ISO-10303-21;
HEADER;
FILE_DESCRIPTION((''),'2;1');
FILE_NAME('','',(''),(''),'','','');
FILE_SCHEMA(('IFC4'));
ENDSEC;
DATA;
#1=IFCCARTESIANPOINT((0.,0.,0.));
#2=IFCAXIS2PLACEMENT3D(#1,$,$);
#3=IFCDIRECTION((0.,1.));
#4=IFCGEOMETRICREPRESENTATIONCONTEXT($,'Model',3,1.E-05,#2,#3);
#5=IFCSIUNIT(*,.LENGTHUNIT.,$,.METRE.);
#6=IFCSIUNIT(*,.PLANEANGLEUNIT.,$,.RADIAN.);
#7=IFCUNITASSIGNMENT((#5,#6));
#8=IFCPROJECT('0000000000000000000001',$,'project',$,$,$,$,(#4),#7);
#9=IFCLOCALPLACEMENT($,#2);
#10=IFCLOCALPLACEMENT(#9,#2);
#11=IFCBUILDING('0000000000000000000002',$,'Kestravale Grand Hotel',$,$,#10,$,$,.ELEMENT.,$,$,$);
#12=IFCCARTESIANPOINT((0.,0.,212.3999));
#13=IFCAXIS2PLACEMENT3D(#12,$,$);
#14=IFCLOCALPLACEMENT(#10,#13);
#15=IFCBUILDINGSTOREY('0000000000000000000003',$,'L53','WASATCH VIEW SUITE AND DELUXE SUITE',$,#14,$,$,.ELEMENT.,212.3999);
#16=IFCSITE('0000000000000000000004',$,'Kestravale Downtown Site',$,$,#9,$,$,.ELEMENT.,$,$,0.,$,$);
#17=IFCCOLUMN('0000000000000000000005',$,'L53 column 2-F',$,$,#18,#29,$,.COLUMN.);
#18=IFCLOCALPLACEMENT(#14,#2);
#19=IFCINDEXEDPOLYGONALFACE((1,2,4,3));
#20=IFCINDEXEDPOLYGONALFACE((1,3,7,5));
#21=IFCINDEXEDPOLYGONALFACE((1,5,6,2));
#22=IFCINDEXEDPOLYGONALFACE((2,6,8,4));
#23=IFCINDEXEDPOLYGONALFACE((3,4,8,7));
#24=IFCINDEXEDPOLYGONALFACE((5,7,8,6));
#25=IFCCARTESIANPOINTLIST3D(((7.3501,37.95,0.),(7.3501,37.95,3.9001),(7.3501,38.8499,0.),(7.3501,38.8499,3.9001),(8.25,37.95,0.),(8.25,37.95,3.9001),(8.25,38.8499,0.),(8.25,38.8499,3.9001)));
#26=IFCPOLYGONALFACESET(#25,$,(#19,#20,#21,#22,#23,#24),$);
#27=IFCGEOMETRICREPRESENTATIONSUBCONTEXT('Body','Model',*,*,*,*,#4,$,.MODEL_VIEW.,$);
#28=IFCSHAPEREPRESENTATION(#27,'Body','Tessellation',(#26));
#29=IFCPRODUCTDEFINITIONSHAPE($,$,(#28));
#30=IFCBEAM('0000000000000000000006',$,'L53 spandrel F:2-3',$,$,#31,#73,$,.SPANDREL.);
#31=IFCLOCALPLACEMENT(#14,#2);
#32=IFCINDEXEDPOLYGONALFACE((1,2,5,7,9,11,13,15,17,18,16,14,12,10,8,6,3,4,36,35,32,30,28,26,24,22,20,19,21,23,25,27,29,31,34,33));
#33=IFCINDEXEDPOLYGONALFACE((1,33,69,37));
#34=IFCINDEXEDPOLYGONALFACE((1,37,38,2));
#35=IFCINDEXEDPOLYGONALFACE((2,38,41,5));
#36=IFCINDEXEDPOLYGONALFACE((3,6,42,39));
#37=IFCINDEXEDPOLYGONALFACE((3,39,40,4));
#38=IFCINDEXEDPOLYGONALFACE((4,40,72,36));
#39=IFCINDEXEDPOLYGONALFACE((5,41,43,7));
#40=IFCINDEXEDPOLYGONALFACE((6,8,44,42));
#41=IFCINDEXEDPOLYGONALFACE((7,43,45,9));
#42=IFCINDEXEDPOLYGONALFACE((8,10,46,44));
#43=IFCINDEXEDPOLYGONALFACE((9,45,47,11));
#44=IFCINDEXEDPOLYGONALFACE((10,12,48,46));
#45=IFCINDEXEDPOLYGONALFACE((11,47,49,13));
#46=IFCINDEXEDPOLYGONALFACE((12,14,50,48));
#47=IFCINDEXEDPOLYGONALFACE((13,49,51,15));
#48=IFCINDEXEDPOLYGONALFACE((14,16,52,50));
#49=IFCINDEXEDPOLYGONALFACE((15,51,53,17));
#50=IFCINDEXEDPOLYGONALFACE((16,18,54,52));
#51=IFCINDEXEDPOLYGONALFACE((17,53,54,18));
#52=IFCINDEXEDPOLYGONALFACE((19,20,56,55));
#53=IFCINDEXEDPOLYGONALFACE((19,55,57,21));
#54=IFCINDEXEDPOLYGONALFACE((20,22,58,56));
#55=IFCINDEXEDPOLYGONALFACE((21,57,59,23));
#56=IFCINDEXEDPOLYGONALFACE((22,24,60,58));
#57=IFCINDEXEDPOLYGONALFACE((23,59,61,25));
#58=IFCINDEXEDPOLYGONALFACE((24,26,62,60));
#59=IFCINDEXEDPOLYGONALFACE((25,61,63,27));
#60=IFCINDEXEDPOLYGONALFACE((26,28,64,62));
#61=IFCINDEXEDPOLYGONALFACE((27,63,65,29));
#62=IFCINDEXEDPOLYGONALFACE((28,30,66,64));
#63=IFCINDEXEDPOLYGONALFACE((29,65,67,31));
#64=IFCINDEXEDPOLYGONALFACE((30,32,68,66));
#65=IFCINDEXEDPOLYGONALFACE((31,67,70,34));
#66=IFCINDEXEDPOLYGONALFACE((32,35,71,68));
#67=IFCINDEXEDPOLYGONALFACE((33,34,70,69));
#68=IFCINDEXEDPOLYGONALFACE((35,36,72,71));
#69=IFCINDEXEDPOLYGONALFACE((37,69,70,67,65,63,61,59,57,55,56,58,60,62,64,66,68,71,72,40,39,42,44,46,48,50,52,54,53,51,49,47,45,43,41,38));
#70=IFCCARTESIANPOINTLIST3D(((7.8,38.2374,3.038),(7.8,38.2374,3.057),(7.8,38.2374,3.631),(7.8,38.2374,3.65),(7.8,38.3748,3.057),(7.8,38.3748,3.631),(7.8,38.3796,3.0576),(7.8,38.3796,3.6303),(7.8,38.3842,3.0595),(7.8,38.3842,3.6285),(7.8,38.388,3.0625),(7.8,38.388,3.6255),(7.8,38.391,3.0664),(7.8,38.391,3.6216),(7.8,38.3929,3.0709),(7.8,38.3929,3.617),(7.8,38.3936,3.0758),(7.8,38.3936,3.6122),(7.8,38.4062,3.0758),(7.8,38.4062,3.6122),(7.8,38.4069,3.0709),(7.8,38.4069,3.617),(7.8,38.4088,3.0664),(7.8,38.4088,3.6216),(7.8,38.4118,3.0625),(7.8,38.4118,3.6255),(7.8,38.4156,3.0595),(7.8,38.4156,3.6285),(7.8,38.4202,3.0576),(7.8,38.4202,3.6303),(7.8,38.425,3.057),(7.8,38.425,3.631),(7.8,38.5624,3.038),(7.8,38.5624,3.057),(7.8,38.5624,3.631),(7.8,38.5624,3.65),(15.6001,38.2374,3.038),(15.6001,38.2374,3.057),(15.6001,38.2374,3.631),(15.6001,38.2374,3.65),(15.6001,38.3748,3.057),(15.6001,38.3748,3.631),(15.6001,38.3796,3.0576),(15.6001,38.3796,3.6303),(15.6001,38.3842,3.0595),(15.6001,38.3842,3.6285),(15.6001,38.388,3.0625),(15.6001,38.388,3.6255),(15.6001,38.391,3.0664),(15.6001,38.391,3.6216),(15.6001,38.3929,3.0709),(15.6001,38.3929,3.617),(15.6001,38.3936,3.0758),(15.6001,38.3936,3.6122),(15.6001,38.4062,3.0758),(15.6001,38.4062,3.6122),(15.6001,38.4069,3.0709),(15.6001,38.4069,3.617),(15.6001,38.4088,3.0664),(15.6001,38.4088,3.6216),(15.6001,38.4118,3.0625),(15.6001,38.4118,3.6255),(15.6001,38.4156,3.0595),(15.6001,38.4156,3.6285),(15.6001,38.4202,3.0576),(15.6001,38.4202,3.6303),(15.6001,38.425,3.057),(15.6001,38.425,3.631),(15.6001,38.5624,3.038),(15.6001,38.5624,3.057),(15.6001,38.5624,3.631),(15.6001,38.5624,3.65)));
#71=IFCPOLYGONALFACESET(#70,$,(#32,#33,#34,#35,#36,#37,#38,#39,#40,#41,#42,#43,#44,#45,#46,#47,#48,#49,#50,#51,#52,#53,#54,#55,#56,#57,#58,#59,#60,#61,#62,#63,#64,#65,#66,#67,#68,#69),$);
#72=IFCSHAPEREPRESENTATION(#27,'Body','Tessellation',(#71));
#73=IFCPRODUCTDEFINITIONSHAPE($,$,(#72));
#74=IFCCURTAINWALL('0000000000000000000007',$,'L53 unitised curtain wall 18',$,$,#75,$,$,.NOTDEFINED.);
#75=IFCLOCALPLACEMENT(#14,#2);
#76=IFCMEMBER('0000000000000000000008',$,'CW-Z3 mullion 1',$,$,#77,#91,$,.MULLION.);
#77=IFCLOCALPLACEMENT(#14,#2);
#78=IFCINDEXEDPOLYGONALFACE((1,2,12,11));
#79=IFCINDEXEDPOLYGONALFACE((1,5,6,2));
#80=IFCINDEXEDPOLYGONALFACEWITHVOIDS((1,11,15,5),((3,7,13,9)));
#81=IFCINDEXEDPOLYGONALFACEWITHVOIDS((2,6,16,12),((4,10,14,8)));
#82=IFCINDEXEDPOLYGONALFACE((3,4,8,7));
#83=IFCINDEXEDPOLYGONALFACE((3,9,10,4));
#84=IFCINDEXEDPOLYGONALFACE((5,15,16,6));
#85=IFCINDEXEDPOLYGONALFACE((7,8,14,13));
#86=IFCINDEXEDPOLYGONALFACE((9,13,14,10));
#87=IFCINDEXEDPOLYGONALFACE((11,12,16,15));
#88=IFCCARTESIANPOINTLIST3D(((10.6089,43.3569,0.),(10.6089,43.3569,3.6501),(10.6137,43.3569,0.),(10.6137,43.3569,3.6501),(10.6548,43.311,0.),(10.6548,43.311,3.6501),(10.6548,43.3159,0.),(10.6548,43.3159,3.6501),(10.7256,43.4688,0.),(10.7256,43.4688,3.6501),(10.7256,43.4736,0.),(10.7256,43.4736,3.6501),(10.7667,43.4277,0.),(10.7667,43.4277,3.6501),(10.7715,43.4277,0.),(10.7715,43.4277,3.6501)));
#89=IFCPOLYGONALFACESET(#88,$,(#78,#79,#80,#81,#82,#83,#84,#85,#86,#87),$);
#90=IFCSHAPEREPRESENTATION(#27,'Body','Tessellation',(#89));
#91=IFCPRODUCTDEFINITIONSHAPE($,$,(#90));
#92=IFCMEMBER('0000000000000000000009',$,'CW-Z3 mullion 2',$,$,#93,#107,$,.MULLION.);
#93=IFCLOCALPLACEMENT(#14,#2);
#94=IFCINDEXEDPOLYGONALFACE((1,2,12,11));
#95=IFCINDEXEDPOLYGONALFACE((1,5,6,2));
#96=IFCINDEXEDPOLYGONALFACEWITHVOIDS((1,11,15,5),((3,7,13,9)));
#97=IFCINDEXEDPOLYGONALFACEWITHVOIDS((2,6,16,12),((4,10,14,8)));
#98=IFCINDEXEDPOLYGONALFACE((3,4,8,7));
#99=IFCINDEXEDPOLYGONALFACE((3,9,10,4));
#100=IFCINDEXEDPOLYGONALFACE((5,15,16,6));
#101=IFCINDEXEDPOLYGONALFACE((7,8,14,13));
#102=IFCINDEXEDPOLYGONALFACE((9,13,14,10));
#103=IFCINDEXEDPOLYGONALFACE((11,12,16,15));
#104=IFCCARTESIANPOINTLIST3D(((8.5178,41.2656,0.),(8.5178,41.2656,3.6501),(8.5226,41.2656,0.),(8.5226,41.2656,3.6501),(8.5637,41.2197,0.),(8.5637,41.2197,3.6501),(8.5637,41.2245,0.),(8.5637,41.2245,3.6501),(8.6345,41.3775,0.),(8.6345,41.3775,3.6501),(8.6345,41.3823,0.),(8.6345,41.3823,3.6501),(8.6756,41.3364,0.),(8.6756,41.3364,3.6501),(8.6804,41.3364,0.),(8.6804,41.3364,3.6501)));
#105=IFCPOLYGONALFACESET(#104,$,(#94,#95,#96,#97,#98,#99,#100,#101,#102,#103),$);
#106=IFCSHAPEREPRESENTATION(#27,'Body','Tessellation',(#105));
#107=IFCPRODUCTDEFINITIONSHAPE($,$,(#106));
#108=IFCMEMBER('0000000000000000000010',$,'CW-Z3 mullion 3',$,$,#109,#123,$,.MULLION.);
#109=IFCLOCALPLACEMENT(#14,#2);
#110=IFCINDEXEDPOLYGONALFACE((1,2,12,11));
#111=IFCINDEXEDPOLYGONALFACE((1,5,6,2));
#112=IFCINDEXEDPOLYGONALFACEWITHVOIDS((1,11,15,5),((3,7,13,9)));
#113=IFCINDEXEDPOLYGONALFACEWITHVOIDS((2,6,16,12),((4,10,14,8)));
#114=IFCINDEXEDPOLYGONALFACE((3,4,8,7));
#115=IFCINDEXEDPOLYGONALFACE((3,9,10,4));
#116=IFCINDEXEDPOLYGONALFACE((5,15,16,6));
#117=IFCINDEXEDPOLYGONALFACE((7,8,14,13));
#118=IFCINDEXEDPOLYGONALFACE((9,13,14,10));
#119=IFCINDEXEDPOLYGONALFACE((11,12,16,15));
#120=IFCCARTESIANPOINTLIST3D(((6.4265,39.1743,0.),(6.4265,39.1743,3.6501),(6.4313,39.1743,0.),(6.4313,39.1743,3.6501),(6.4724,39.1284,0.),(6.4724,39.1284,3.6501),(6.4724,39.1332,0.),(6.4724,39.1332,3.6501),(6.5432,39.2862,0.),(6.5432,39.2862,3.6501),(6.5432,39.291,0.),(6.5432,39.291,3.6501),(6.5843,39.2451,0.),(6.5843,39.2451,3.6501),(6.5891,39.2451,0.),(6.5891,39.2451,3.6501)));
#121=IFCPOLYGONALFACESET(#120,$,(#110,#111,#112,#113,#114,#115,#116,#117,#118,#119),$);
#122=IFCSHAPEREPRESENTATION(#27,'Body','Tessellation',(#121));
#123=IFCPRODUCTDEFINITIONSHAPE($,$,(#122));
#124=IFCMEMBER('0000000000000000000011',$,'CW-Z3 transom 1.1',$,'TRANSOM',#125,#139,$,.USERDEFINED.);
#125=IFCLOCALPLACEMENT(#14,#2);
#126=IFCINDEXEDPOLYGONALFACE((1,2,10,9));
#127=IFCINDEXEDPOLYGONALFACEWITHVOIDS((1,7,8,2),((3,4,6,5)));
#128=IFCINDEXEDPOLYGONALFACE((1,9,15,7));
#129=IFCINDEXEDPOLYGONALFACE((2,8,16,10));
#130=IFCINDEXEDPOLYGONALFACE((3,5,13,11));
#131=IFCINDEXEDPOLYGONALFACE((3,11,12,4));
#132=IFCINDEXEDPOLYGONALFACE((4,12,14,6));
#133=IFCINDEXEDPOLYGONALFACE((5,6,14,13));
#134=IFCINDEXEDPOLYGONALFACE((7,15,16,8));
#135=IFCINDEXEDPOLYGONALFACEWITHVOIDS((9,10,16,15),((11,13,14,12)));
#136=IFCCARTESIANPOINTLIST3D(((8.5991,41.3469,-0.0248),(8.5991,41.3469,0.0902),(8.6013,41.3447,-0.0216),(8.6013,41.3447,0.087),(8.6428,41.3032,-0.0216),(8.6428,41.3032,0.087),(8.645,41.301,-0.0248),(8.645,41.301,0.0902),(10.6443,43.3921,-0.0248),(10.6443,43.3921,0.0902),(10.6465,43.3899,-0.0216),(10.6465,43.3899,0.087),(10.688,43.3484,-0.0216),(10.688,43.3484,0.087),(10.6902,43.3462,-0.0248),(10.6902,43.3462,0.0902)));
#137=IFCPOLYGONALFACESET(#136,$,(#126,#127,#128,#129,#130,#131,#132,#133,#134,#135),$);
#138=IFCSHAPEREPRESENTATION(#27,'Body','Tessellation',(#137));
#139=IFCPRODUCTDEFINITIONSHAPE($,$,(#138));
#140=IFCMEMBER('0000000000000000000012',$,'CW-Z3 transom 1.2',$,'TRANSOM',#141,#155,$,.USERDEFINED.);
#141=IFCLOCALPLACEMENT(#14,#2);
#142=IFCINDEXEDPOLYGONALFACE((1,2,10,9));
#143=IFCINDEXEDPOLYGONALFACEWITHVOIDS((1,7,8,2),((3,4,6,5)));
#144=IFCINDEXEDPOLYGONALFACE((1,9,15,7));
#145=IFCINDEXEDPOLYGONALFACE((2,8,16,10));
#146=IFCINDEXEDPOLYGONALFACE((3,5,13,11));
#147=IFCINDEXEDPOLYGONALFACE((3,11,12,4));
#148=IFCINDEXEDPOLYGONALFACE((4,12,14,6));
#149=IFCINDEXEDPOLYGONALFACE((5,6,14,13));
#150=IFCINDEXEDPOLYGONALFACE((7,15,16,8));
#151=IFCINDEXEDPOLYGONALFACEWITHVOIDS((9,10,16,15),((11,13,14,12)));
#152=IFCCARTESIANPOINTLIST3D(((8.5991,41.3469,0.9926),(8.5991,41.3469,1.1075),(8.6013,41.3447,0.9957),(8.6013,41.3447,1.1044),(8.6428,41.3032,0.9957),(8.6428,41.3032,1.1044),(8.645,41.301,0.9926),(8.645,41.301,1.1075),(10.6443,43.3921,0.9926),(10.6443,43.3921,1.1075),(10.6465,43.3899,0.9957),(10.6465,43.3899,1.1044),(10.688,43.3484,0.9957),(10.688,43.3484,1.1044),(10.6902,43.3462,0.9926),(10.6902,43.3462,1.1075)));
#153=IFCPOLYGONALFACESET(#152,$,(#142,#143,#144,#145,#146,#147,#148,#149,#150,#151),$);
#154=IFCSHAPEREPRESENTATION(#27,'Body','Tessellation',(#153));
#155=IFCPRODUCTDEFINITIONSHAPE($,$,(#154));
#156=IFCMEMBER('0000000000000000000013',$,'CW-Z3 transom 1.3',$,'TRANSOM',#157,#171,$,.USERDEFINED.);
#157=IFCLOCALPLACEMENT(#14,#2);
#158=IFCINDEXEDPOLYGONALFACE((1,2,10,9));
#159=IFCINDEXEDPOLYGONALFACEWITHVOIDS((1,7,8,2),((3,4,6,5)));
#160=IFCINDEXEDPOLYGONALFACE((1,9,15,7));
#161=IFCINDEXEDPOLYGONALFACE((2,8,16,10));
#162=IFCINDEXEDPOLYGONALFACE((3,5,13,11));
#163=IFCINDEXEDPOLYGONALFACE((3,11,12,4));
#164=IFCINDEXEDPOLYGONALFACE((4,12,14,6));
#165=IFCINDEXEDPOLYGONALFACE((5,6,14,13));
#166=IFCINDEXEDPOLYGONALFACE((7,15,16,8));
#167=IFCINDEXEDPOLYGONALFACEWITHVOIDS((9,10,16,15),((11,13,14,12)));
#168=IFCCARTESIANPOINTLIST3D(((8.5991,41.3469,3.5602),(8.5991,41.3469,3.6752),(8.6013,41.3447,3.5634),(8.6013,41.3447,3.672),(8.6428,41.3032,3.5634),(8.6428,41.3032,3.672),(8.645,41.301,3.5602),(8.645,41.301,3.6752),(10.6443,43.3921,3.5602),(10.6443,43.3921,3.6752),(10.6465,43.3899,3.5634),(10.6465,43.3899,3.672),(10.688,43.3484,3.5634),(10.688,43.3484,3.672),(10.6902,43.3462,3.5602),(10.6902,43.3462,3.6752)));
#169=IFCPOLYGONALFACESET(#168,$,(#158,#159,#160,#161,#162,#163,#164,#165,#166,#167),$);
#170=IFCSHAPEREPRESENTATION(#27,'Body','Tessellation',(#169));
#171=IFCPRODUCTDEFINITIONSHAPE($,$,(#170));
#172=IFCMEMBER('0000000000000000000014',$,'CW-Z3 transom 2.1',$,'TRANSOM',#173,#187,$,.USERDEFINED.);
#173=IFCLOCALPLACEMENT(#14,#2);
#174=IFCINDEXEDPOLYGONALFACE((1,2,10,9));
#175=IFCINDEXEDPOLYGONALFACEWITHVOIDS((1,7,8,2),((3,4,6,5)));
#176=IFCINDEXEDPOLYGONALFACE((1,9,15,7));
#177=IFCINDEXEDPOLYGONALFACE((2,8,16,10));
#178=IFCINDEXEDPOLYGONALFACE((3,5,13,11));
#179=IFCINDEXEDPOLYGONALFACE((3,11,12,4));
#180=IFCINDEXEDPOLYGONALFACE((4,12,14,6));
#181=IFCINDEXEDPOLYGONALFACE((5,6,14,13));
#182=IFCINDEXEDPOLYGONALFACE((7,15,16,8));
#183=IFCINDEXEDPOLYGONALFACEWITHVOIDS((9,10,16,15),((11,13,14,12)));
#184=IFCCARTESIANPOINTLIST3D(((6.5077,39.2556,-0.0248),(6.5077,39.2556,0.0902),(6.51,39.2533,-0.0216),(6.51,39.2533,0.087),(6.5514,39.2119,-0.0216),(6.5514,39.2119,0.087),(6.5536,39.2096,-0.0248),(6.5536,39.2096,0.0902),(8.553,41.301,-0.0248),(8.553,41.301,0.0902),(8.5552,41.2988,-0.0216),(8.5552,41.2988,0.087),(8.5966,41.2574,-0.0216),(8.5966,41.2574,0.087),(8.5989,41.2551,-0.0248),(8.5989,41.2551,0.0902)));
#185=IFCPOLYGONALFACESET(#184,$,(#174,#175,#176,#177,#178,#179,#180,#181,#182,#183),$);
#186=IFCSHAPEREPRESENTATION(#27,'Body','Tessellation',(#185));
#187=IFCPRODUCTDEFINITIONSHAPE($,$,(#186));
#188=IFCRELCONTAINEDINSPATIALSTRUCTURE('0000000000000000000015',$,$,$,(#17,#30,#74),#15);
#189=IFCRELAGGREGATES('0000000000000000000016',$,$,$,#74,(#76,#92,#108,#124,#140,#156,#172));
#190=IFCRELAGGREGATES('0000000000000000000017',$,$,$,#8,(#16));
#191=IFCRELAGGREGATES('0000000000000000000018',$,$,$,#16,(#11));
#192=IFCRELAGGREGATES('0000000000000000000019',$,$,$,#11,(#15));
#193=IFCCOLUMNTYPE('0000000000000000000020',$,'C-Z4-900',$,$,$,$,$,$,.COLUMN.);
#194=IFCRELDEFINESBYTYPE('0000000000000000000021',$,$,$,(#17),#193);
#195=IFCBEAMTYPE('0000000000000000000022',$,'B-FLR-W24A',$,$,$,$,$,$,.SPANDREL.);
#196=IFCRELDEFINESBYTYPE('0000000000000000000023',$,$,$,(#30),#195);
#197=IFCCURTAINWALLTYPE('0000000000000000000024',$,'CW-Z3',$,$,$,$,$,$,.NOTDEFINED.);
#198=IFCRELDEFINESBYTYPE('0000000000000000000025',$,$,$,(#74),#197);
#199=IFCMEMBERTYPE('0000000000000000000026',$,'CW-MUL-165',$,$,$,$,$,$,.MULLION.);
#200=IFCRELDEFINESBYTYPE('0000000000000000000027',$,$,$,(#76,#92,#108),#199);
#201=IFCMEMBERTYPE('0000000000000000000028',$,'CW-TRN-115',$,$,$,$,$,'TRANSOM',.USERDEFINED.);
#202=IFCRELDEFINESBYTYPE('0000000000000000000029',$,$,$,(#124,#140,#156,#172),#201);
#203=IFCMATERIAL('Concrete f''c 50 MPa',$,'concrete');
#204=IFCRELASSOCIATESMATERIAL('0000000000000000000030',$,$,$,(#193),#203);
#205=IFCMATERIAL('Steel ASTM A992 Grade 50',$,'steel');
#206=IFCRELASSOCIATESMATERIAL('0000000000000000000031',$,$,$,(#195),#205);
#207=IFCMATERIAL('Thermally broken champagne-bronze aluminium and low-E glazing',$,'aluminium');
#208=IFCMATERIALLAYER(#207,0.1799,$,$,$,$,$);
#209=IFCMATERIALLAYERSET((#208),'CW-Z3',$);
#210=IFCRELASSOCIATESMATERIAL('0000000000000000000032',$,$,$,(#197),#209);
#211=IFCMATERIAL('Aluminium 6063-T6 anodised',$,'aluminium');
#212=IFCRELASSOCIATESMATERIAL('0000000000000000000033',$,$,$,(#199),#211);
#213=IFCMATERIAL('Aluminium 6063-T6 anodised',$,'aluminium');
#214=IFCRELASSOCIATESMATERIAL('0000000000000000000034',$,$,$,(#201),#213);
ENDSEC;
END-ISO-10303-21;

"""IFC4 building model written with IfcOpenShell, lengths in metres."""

from ifc_helpers import new_model, si_unit, direction, frame, origin, origin_2d, place, context, subcontext, project, spatial, rectangle, hollow_rectangle, i_section, extrude, material, layer, layer_set, material_profile, profile_set, type_object, element, aggregate, save


model = new_model("IFC4")

# Units and contexts
model_context = context("Model", 3, precision=1e-05, world=origin(), true_north=direction((0.0, 1.0)))
body_context = subcontext(model_context, "Body", "Model", "MODEL_VIEW")
ifc_project = project(units=[si_unit("LENGTHUNIT", "METRE"), si_unit("PLANEANGLEUNIT", "RADIAN")], contexts=[model_context])

# Site, building, storey
site_placement = place(None, origin())
site = spatial("IfcSite", under=ifc_project, at=site_placement, Name="Kestravale Downtown Site", CompositionType="ELEMENT", RefElevation=0.0)
building_placement = place(site_placement, origin())
building = spatial("IfcBuilding", under=site, at=building_placement, Name="Kestravale Grand Hotel", CompositionType="ELEMENT")
storey_placement = place(building_placement, frame((0.0, 0.0, 212.3999)))
storey = spatial("IfcBuildingStorey", under=building, at=storey_placement, Name="L53", Description="WASATCH VIEW SUITE AND DELUXE SUITE", CompositionType="ELEMENT", Elevation=212.3999)

# Column
ifc_material_1 = material(Name="Concrete f'c 50 MPa", Category="concrete")
ifc_material_profile_1 = material_profile(ifc_material_1, rectangle(XDim=0.8999, YDim=0.8999, at=origin_2d()))
ifc_profile_set_1 = profile_set([ifc_material_profile_1], Name="Concrete f'c 50 MPa")
column_type = type_object("IfcColumnType", Name="C-Z4-900", PredefinedType="COLUMN", material=ifc_profile_set_1)
column_placement = place(storey_placement, frame((7.8, 38.3999, 0.0), z_axis=(0.0, 0.0, 1.0), x_axis=(1.0, 0.0, 0.0)))
element("IfcColumn", 1, at=column_placement, inside=storey, type_object=column_type, Name="L53 column 2-F", PredefinedType="COLUMN", context=body_context, shape_type="SweptSolid", body=[
    extrude(rectangle(XDim=0.8999, YDim=0.8999, at=origin_2d()), origin(), (0.0, 0.0, 1.0), 3.9001),
])

# Beam
ifc_material_2 = material(Name="Steel ASTM A992 Grade 50", Category="steel")
ifc_material_profile_2 = material_profile(ifc_material_2, i_section(OverallWidth=0.325, OverallDepth=0.6121, WebThickness=0.0127, FlangeThickness=0.019, FilletRadius=0.0188, at=origin_2d()))
ifc_profile_set_2 = profile_set([ifc_material_profile_2], Name="Steel ASTM A992 Grade 50")
beam_type = type_object("IfcBeamType", Name="B-FLR-W24A", PredefinedType="SPANDREL", material=ifc_profile_set_2)
beam_placement = place(storey_placement, frame((7.8, 38.3999, 3.344), z_axis=(1.0, 0.0, 0.0), x_axis=(0.0, 1.0, 0.0)))
element("IfcBeam", 2, at=beam_placement, inside=storey, type_object=beam_type, Name="L53 spandrel F:2-3", PredefinedType="SPANDREL", context=body_context, shape_type="SweptSolid", body=[
    extrude(i_section(OverallWidth=0.325, OverallDepth=0.6121, WebThickness=0.0127, FlangeThickness=0.019, FilletRadius=0.0188, at=origin_2d()), origin(), (0.0, 0.0, 1.0), 7.8),
])

# Curtain wall, members
ifc_material_3 = material(Name="Thermally broken champagne-bronze aluminium and low-E glazing", Category="aluminium")
ifc_layer_1 = layer(ifc_material_3, 0.1799)
ifc_layer_set_1 = layer_set([ifc_layer_1], Name="CW-Z3")
curtain_wall_type = type_object("IfcCurtainWallType", Name="CW-Z3", PredefinedType="NOTDEFINED", material=ifc_layer_set_1)
curtain_wall_placement = place(storey_placement, origin())
curtain_wall = element("IfcCurtainWall", 3, at=curtain_wall_placement, inside=storey, type_object=curtain_wall_type, Name="L53 unitised curtain wall 18", PredefinedType="NOTDEFINED")
ifc_material_4 = material(Name="Aluminium 6063-T6 anodised", Category="aluminium")
ifc_material_profile_3 = material_profile(ifc_material_4, hollow_rectangle(XDim=0.0649, YDim=0.165, WallThickness=0.0034, at=origin_2d()))
ifc_profile_set_3 = profile_set([ifc_material_profile_3], Name="Aluminium 6063-T6 anodised")
member_type_1 = type_object("IfcMemberType", Name="CW-MUL-165", PredefinedType="MULLION", material=ifc_profile_set_3)
member_1_placement = place(storey_placement, frame((10.6902, 43.3923, 0.0), z_axis=(0.0, 0.0, 1.0), x_axis=(0.707107, -0.707107, 0.0)))
member_1 = element("IfcMember", 4, at=member_1_placement, type_object=member_type_1, Name="CW-Z3 mullion 1", PredefinedType="MULLION", context=body_context, shape_type="SweptSolid", body=[
    extrude(hollow_rectangle(XDim=0.0649, YDim=0.165, WallThickness=0.0034, at=origin_2d()), origin(), (0.0, 0.0, 1.0), 3.6501),
])
member_2_placement = place(storey_placement, frame((8.5991, 41.301, 0.0), z_axis=(0.0, 0.0, 1.0), x_axis=(0.707107, -0.707107, 0.0)))
member_2 = element("IfcMember", 5, at=member_2_placement, type_object=member_type_1, Name="CW-Z3 mullion 2", PredefinedType="MULLION", context=body_context, shape_type="SweptSolid", body=[
    extrude(hollow_rectangle(XDim=0.0649, YDim=0.165, WallThickness=0.0034, at=origin_2d()), origin(), (0.0, 0.0, 1.0), 3.6501),
])
member_3_placement = place(storey_placement, frame((6.5078, 39.2097, 0.0), z_axis=(0.0, 0.0, 1.0), x_axis=(0.707107, -0.707107, 0.0)))
member_3 = element("IfcMember", 6, at=member_3_placement, type_object=member_type_1, Name="CW-Z3 mullion 3", PredefinedType="MULLION", context=body_context, shape_type="SweptSolid", body=[
    extrude(hollow_rectangle(XDim=0.0649, YDim=0.165, WallThickness=0.0034, at=origin_2d()), origin(), (0.0, 0.0, 1.0), 3.6501),
])
ifc_material_5 = material(Name="Aluminium 6063-T6 anodised", Category="aluminium")
ifc_material_profile_4 = material_profile(ifc_material_5, hollow_rectangle(XDim=0.0649, YDim=0.115, WallThickness=0.0032, at=origin_2d()))
ifc_profile_set_4 = profile_set([ifc_material_profile_4], Name="Aluminium 6063-T6 anodised")
member_type_2 = type_object("IfcMemberType", Name="CW-TRN-115", ElementType="TRANSOM", PredefinedType="USERDEFINED", material=ifc_profile_set_4)
member_4_placement = place(storey_placement, frame((10.6672, 43.3691, 0.0327), z_axis=(-0.707107, -0.707107, 0.0), x_axis=(0.707107, -0.707107, 0.0)))
member_4 = element("IfcMember", 7, at=member_4_placement, type_object=member_type_2, Name="CW-Z3 transom 1.1", ObjectType="TRANSOM", PredefinedType="USERDEFINED", context=body_context, shape_type="SweptSolid", body=[
    extrude(hollow_rectangle(XDim=0.0649, YDim=0.115, WallThickness=0.0032, at=origin_2d()), origin(), (0.0, 0.0, 1.0), 2.8923),
])
member_5_placement = place(storey_placement, frame((10.6672, 43.3691, 1.05), z_axis=(-0.707107, -0.707107, 0.0), x_axis=(0.707107, -0.707107, 0.0)))
member_5 = element("IfcMember", 8, at=member_5_placement, type_object=member_type_2, Name="CW-Z3 transom 1.2", ObjectType="TRANSOM", PredefinedType="USERDEFINED", context=body_context, shape_type="SweptSolid", body=[
    extrude(hollow_rectangle(XDim=0.0649, YDim=0.115, WallThickness=0.0032, at=origin_2d()), origin(), (0.0, 0.0, 1.0), 2.8923),
])
member_6_placement = place(storey_placement, frame((10.6672, 43.3691, 3.6177), z_axis=(-0.707107, -0.707107, 0.0), x_axis=(0.707107, -0.707107, 0.0)))
member_6 = element("IfcMember", 9, at=member_6_placement, type_object=member_type_2, Name="CW-Z3 transom 1.3", ObjectType="TRANSOM", PredefinedType="USERDEFINED", context=body_context, shape_type="SweptSolid", body=[
    extrude(hollow_rectangle(XDim=0.0649, YDim=0.115, WallThickness=0.0032, at=origin_2d()), origin(), (0.0, 0.0, 1.0), 2.8923),
])
member_7_placement = place(storey_placement, frame((8.5759, 41.2781, 0.0327), z_axis=(-0.707065, -0.707149, 0.0), x_axis=(0.707149, -0.707065, 0.0)))
member_7 = element("IfcMember", 10, at=member_7_placement, type_object=member_type_2, Name="CW-Z3 transom 2.1", ObjectType="TRANSOM", PredefinedType="USERDEFINED", context=body_context, shape_type="SweptSolid", body=[
    extrude(hollow_rectangle(XDim=0.0649, YDim=0.115, WallThickness=0.0032, at=origin_2d()), origin(), (0.0, 0.0, 1.0), 2.8926),
])
aggregate(curtain_wall, [member_1, member_2, member_3, member_4, member_5, member_6, member_7])

save(model, "model.ifc")
